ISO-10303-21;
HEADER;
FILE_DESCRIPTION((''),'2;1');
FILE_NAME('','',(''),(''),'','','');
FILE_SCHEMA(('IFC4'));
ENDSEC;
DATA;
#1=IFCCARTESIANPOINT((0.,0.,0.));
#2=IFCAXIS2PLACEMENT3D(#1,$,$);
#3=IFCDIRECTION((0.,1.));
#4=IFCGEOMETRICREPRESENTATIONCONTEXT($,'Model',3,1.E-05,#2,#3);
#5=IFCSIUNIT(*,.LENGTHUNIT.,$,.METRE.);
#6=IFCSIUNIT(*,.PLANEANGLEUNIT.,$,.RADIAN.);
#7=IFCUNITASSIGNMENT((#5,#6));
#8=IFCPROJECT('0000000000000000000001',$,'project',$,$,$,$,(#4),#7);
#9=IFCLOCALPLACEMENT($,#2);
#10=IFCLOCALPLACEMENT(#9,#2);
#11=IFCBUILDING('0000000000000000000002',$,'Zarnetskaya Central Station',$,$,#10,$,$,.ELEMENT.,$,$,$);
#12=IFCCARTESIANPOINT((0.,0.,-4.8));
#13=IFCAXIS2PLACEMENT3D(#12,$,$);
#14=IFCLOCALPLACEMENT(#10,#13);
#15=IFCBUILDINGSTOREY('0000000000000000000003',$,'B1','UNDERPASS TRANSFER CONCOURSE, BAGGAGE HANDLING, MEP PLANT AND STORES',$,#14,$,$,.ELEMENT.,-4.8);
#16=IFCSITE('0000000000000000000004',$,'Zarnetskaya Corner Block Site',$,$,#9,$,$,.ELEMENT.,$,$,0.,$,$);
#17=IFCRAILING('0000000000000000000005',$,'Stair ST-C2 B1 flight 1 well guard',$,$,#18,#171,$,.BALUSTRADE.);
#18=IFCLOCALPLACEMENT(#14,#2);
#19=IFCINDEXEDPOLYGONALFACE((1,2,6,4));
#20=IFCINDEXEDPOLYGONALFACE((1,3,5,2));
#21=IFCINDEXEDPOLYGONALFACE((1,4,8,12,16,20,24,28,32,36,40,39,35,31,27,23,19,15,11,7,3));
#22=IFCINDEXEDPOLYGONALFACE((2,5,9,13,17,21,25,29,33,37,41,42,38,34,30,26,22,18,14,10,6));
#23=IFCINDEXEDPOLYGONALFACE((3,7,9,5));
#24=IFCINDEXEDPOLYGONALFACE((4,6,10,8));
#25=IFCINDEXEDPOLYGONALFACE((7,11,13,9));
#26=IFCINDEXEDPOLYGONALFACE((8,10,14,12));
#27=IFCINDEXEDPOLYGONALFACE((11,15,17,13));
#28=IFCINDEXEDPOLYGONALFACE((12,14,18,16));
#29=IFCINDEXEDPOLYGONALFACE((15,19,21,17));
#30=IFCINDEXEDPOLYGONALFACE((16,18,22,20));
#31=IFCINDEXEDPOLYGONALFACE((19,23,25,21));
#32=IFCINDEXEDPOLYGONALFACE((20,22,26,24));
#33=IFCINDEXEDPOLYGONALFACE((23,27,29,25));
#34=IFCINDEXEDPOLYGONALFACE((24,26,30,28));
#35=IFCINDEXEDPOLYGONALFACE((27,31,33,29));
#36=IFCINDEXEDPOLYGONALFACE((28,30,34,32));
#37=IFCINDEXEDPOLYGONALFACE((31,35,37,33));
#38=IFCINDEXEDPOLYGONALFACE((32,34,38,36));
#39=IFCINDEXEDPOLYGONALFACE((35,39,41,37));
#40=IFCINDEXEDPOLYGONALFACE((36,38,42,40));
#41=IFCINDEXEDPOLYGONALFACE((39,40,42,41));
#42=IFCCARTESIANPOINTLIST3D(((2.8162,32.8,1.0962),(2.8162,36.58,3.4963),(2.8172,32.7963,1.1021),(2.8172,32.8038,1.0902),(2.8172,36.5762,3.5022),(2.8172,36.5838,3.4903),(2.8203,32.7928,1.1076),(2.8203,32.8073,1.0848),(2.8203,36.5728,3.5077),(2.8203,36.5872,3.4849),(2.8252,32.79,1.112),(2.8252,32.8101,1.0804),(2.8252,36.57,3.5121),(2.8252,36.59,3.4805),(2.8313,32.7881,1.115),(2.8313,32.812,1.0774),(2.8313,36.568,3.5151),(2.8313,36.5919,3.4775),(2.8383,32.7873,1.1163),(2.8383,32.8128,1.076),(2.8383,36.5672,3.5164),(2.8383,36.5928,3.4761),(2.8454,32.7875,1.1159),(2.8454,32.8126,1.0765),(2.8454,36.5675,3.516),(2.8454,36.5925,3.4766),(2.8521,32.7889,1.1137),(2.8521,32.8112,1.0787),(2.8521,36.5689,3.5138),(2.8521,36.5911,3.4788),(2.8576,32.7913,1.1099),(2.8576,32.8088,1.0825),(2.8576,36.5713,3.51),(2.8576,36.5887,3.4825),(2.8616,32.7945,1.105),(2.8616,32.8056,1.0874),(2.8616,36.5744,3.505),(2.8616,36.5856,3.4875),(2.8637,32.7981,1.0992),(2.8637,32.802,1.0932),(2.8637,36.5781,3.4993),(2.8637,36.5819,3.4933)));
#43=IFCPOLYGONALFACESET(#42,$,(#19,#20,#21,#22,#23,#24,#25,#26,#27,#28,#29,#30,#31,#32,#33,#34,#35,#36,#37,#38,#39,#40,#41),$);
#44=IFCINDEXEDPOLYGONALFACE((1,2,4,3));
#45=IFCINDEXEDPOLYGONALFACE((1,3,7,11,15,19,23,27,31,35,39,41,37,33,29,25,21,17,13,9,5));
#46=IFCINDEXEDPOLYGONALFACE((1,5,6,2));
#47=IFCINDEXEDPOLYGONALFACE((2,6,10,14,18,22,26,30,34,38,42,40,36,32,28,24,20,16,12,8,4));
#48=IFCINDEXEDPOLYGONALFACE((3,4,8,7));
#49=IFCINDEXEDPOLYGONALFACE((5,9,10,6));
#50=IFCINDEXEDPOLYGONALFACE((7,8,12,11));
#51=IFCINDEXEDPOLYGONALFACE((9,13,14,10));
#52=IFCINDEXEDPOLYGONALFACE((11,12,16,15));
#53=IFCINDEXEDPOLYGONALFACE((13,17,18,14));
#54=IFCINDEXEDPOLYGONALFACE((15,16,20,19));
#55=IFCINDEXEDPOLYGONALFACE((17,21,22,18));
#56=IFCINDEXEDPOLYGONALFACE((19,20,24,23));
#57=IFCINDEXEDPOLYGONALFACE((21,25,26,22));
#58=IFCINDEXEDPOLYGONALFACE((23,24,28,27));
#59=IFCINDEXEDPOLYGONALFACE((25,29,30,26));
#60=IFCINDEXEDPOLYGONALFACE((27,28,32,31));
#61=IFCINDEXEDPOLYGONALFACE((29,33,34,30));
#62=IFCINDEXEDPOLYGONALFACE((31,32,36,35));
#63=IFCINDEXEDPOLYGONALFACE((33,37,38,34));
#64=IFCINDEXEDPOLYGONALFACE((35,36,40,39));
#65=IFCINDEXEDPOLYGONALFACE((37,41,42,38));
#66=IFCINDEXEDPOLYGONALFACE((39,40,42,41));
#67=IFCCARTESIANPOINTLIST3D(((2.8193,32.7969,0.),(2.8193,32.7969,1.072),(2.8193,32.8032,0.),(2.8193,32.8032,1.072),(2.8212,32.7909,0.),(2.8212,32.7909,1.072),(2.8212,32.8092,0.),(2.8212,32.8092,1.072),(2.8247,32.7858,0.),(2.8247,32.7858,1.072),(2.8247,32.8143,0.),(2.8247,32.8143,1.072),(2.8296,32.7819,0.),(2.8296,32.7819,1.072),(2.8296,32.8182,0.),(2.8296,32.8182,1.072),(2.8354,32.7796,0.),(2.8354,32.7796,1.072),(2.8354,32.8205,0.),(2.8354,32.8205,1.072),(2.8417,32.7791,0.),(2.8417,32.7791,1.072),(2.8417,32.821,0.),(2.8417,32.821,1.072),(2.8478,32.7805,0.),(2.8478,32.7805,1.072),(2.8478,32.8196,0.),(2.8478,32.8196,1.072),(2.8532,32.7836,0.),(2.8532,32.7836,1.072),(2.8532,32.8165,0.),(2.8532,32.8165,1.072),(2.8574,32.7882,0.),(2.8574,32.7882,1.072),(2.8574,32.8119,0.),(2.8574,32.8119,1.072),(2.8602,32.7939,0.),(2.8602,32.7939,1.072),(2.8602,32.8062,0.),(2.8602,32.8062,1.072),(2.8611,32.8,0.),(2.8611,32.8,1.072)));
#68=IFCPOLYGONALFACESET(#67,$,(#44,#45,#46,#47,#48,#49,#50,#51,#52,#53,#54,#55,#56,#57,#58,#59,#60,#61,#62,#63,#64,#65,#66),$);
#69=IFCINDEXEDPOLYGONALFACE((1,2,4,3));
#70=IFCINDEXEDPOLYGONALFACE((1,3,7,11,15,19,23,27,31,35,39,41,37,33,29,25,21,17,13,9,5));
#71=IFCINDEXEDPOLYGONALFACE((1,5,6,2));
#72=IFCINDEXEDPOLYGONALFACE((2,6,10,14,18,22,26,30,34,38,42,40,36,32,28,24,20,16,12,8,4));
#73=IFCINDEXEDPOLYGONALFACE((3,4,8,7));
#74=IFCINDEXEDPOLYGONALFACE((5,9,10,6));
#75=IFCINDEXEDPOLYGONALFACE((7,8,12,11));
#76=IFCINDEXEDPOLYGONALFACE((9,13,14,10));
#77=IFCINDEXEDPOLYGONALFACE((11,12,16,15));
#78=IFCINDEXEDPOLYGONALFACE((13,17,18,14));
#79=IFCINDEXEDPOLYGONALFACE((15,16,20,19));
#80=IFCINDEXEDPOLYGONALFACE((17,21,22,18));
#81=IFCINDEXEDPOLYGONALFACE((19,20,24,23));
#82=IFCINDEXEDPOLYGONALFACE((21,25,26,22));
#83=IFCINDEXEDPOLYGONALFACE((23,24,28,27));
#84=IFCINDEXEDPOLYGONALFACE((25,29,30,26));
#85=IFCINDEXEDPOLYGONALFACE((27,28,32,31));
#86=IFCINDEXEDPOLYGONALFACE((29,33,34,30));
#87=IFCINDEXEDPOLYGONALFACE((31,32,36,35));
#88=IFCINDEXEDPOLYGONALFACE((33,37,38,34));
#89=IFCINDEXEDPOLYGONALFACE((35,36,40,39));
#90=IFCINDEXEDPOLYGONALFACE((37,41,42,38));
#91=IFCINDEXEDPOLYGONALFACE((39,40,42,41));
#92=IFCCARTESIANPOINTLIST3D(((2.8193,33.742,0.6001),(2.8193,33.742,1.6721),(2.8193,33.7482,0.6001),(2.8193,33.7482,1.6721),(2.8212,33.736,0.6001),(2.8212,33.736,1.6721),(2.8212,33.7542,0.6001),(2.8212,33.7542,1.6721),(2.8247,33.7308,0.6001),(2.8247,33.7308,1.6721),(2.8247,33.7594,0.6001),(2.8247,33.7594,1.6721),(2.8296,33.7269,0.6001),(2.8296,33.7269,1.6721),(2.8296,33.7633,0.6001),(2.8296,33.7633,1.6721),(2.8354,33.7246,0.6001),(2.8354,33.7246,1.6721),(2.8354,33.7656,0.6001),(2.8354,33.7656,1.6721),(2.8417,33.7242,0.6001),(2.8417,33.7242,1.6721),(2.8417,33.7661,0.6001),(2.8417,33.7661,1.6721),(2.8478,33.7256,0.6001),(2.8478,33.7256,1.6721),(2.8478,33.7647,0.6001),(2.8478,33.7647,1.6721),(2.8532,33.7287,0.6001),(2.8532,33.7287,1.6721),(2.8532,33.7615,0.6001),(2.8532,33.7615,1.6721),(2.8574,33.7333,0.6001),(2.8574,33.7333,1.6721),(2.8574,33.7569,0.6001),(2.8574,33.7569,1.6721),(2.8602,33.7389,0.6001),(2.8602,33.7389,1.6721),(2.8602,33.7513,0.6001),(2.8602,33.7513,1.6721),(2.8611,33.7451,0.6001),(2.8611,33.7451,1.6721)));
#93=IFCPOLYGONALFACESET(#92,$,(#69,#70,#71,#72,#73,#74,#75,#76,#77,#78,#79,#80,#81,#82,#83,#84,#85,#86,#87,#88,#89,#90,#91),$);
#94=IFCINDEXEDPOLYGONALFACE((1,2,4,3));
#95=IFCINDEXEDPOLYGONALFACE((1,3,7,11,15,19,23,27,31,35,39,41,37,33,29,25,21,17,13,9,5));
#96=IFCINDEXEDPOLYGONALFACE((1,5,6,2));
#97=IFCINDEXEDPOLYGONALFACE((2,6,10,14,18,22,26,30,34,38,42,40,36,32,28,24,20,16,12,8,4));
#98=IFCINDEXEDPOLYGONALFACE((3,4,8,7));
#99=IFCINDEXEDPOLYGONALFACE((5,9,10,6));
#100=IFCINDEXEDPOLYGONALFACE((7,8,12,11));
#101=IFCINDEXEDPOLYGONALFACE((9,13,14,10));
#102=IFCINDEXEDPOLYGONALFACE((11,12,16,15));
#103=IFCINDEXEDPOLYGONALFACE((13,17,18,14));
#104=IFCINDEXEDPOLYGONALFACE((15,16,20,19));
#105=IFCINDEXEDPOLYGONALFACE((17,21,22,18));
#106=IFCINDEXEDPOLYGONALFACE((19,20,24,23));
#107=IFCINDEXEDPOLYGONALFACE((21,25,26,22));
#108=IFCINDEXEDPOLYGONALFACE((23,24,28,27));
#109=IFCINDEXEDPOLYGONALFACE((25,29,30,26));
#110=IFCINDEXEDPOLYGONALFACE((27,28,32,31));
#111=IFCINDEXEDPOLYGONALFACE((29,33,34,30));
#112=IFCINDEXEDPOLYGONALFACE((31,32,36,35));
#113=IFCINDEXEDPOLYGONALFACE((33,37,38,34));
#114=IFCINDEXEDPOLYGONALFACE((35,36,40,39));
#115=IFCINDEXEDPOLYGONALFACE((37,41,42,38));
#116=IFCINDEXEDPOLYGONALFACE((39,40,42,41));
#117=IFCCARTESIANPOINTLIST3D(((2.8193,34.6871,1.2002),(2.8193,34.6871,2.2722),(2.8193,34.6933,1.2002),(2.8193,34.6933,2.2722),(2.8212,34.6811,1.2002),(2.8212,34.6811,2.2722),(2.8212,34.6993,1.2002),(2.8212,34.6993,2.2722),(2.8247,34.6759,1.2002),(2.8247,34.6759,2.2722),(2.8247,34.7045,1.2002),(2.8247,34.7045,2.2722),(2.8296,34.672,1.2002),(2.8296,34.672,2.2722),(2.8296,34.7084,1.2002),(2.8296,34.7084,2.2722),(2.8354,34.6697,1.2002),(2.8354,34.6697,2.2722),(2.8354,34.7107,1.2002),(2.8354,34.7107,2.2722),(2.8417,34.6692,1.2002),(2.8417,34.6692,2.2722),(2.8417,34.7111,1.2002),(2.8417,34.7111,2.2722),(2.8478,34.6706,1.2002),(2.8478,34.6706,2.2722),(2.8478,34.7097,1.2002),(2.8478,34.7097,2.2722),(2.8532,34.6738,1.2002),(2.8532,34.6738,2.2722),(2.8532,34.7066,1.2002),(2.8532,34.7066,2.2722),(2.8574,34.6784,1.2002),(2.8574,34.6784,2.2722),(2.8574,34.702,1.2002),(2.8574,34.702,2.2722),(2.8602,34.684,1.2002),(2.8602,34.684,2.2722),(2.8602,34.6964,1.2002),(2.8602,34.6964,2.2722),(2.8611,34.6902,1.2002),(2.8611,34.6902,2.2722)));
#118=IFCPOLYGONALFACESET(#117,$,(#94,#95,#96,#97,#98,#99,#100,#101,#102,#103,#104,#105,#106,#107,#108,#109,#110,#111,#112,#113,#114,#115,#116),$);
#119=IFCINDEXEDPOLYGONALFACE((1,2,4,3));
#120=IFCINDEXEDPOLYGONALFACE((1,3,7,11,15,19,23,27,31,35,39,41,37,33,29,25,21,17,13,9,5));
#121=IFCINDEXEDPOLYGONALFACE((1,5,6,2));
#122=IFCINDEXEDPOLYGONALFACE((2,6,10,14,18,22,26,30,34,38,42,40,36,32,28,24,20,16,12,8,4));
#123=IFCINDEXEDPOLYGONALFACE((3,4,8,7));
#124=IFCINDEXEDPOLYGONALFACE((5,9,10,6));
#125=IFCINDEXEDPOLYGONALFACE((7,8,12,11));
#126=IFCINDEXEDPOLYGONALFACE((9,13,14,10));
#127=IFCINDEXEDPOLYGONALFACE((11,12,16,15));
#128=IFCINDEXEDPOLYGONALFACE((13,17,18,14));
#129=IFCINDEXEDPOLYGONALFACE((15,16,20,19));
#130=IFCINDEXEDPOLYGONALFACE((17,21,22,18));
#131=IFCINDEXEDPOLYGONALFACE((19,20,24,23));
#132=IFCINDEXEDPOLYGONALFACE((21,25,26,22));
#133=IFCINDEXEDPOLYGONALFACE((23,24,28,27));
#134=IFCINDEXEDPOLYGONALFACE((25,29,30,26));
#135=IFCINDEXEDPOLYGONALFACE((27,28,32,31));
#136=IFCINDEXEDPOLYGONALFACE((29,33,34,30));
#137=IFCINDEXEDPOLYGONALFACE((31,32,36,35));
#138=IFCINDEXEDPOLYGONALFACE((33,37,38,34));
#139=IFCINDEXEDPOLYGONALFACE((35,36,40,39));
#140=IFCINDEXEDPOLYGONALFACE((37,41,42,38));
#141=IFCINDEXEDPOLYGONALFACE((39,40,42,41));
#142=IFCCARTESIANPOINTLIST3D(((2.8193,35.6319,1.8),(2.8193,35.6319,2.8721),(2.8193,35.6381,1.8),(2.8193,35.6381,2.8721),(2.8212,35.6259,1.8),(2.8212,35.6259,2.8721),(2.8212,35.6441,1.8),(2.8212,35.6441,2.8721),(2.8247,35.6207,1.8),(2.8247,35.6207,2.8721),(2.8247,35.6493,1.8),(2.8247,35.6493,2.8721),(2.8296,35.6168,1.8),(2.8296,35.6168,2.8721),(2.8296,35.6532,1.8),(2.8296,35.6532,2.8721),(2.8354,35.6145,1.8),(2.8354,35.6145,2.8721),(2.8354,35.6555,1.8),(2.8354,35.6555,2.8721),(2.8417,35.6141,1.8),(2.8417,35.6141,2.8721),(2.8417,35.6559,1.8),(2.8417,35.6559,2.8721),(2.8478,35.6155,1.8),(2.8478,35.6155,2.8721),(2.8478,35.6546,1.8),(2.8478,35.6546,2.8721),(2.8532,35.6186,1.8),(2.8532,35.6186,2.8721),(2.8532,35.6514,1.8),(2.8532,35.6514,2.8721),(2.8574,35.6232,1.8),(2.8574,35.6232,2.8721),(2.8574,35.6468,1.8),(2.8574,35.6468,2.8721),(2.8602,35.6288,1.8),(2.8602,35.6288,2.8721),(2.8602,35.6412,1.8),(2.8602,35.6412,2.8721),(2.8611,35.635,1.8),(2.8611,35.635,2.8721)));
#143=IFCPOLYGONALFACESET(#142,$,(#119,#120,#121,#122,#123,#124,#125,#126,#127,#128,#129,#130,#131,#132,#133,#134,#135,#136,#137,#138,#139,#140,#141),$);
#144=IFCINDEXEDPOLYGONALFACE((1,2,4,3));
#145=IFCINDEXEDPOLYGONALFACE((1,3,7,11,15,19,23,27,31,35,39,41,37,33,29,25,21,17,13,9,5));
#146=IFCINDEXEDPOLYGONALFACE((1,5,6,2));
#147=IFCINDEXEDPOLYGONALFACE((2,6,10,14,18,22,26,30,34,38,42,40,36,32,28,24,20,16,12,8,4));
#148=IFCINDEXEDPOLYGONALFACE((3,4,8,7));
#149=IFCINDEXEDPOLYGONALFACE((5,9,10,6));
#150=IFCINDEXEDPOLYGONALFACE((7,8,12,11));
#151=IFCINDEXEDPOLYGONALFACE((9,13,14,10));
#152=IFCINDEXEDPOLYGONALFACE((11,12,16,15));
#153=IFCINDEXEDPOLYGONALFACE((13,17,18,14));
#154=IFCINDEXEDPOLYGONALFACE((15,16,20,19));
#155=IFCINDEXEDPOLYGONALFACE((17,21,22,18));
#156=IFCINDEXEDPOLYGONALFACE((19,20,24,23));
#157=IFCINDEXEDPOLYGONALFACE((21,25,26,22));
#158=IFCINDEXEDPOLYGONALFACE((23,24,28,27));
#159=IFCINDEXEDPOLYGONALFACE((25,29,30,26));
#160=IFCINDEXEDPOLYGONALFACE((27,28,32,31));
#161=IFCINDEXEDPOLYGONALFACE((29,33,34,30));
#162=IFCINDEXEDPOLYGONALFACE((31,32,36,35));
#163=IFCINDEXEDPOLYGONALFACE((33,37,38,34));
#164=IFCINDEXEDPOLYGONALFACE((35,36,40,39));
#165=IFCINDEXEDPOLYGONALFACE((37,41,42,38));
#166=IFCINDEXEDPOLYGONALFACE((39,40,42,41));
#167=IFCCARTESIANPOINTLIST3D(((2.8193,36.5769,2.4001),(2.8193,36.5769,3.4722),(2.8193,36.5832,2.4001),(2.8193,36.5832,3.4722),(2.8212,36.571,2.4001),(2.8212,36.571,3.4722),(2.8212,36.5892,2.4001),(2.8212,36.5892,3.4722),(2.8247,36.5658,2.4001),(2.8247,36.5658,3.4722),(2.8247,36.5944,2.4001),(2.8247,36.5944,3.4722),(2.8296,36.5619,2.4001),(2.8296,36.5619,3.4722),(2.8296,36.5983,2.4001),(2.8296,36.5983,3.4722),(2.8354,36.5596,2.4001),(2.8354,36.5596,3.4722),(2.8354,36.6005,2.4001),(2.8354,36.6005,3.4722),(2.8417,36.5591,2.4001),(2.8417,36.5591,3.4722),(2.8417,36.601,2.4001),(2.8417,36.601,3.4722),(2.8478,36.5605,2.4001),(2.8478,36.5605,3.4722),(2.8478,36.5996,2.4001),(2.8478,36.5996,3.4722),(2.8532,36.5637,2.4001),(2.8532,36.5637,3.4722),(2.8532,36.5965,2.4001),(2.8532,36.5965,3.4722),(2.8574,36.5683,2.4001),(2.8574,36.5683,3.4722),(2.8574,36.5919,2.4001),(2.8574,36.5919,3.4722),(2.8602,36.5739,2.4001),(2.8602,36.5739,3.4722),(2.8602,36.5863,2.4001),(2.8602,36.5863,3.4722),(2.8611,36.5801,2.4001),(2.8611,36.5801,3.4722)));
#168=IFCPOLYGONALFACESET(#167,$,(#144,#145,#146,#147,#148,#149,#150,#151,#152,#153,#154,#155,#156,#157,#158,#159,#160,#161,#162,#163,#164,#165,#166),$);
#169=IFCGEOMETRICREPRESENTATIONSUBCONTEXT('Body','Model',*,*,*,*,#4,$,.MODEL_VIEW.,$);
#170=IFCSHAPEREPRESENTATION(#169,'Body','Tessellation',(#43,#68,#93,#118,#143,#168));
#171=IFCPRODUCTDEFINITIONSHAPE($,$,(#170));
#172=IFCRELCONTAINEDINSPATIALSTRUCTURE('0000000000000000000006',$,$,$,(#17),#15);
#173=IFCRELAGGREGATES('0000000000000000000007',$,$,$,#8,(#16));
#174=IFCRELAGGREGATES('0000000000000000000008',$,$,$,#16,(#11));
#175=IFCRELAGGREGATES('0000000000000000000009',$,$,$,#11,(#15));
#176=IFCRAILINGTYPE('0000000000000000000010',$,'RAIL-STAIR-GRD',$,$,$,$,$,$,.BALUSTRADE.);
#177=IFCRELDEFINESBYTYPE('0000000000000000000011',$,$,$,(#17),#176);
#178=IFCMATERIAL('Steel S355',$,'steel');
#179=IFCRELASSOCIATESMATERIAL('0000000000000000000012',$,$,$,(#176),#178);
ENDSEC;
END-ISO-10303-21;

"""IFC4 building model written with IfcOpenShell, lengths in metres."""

from ifc_helpers import new_model, si_unit, direction, frame, origin, origin_2d, place, context, subcontext, project, spatial, circle, extrude, material, type_object, element, save


model = new_model("IFC4")

# Units and contexts
model_context = context("Model", 3, precision=1e-05, world=origin(), true_north=direction((0.0, 1.0)))
body_context = subcontext(model_context, "Body", "Model", "MODEL_VIEW")
ifc_project = project(units=[si_unit("LENGTHUNIT", "METRE"), si_unit("PLANEANGLEUNIT", "RADIAN")], contexts=[model_context])

# Site, building, storey
site_placement = place(None, origin())
site = spatial("IfcSite", under=ifc_project, at=site_placement, Name="Zarnetskaya Corner Block Site", CompositionType="ELEMENT", RefElevation=0.0)
building_placement = place(site_placement, origin())
building = spatial("IfcBuilding", under=site, at=building_placement, Name="Zarnetskaya Central Station", CompositionType="ELEMENT")
storey_placement = place(building_placement, frame((0.0, 0.0, -4.8)))
storey = spatial("IfcBuildingStorey", under=building, at=storey_placement, Name="B1", Description="UNDERPASS TRANSFER CONCOURSE, BAGGAGE HANDLING, MEP PLANT AND STORES", CompositionType="ELEMENT", Elevation=-4.8)

# Railing
ifc_material_1 = material(Name="Steel S355", Category="steel")
railing_type_1 = type_object("IfcRailingType", Name="RAIL-STAIR-GRD", PredefinedType="BALUSTRADE", material=ifc_material_1)
railing_1_placement = place(storey_placement, frame((2.8401, 32.8, 0.0)))
element("IfcRailing", 1, at=railing_1_placement, inside=storey, type_object=railing_type_1, Name="Stair ST-C2 B1 flight 1 well guard", PredefinedType="BALUSTRADE", context=body_context, shape_type="SweptSolid", body=[
    extrude(circle(Radius=0.0239, at=origin_2d()), frame((0.0, 0.0, 1.0962), z_axis=(0.0, 0.8442, 0.536028), x_axis=(-1.0, 0.0, 0.0)), (0.0, 0.0, 1.0), 4.4775),
    extrude(circle(Radius=0.021, at=origin_2d()), origin(), (0.0, 0.0, 1.0), 1.072),
    extrude(circle(Radius=0.021, at=origin_2d()), frame((0.0, 0.9451, 0.6001)), (0.0, 0.0, 1.0), 1.072),
    extrude(circle(Radius=0.021, at=origin_2d()), frame((0.0, 1.8901, 1.2002)), (0.0, 0.0, 1.0), 1.072),
    extrude(circle(Radius=0.021, at=origin_2d()), frame((0.0, 2.835, 1.8)), (0.0, 0.0, 1.0), 1.072),
    extrude(circle(Radius=0.021, at=origin_2d()), frame((0.0, 3.78, 2.4001)), (0.0, 0.0, 1.0), 1.072),
])

save(model, "model.ifc")
